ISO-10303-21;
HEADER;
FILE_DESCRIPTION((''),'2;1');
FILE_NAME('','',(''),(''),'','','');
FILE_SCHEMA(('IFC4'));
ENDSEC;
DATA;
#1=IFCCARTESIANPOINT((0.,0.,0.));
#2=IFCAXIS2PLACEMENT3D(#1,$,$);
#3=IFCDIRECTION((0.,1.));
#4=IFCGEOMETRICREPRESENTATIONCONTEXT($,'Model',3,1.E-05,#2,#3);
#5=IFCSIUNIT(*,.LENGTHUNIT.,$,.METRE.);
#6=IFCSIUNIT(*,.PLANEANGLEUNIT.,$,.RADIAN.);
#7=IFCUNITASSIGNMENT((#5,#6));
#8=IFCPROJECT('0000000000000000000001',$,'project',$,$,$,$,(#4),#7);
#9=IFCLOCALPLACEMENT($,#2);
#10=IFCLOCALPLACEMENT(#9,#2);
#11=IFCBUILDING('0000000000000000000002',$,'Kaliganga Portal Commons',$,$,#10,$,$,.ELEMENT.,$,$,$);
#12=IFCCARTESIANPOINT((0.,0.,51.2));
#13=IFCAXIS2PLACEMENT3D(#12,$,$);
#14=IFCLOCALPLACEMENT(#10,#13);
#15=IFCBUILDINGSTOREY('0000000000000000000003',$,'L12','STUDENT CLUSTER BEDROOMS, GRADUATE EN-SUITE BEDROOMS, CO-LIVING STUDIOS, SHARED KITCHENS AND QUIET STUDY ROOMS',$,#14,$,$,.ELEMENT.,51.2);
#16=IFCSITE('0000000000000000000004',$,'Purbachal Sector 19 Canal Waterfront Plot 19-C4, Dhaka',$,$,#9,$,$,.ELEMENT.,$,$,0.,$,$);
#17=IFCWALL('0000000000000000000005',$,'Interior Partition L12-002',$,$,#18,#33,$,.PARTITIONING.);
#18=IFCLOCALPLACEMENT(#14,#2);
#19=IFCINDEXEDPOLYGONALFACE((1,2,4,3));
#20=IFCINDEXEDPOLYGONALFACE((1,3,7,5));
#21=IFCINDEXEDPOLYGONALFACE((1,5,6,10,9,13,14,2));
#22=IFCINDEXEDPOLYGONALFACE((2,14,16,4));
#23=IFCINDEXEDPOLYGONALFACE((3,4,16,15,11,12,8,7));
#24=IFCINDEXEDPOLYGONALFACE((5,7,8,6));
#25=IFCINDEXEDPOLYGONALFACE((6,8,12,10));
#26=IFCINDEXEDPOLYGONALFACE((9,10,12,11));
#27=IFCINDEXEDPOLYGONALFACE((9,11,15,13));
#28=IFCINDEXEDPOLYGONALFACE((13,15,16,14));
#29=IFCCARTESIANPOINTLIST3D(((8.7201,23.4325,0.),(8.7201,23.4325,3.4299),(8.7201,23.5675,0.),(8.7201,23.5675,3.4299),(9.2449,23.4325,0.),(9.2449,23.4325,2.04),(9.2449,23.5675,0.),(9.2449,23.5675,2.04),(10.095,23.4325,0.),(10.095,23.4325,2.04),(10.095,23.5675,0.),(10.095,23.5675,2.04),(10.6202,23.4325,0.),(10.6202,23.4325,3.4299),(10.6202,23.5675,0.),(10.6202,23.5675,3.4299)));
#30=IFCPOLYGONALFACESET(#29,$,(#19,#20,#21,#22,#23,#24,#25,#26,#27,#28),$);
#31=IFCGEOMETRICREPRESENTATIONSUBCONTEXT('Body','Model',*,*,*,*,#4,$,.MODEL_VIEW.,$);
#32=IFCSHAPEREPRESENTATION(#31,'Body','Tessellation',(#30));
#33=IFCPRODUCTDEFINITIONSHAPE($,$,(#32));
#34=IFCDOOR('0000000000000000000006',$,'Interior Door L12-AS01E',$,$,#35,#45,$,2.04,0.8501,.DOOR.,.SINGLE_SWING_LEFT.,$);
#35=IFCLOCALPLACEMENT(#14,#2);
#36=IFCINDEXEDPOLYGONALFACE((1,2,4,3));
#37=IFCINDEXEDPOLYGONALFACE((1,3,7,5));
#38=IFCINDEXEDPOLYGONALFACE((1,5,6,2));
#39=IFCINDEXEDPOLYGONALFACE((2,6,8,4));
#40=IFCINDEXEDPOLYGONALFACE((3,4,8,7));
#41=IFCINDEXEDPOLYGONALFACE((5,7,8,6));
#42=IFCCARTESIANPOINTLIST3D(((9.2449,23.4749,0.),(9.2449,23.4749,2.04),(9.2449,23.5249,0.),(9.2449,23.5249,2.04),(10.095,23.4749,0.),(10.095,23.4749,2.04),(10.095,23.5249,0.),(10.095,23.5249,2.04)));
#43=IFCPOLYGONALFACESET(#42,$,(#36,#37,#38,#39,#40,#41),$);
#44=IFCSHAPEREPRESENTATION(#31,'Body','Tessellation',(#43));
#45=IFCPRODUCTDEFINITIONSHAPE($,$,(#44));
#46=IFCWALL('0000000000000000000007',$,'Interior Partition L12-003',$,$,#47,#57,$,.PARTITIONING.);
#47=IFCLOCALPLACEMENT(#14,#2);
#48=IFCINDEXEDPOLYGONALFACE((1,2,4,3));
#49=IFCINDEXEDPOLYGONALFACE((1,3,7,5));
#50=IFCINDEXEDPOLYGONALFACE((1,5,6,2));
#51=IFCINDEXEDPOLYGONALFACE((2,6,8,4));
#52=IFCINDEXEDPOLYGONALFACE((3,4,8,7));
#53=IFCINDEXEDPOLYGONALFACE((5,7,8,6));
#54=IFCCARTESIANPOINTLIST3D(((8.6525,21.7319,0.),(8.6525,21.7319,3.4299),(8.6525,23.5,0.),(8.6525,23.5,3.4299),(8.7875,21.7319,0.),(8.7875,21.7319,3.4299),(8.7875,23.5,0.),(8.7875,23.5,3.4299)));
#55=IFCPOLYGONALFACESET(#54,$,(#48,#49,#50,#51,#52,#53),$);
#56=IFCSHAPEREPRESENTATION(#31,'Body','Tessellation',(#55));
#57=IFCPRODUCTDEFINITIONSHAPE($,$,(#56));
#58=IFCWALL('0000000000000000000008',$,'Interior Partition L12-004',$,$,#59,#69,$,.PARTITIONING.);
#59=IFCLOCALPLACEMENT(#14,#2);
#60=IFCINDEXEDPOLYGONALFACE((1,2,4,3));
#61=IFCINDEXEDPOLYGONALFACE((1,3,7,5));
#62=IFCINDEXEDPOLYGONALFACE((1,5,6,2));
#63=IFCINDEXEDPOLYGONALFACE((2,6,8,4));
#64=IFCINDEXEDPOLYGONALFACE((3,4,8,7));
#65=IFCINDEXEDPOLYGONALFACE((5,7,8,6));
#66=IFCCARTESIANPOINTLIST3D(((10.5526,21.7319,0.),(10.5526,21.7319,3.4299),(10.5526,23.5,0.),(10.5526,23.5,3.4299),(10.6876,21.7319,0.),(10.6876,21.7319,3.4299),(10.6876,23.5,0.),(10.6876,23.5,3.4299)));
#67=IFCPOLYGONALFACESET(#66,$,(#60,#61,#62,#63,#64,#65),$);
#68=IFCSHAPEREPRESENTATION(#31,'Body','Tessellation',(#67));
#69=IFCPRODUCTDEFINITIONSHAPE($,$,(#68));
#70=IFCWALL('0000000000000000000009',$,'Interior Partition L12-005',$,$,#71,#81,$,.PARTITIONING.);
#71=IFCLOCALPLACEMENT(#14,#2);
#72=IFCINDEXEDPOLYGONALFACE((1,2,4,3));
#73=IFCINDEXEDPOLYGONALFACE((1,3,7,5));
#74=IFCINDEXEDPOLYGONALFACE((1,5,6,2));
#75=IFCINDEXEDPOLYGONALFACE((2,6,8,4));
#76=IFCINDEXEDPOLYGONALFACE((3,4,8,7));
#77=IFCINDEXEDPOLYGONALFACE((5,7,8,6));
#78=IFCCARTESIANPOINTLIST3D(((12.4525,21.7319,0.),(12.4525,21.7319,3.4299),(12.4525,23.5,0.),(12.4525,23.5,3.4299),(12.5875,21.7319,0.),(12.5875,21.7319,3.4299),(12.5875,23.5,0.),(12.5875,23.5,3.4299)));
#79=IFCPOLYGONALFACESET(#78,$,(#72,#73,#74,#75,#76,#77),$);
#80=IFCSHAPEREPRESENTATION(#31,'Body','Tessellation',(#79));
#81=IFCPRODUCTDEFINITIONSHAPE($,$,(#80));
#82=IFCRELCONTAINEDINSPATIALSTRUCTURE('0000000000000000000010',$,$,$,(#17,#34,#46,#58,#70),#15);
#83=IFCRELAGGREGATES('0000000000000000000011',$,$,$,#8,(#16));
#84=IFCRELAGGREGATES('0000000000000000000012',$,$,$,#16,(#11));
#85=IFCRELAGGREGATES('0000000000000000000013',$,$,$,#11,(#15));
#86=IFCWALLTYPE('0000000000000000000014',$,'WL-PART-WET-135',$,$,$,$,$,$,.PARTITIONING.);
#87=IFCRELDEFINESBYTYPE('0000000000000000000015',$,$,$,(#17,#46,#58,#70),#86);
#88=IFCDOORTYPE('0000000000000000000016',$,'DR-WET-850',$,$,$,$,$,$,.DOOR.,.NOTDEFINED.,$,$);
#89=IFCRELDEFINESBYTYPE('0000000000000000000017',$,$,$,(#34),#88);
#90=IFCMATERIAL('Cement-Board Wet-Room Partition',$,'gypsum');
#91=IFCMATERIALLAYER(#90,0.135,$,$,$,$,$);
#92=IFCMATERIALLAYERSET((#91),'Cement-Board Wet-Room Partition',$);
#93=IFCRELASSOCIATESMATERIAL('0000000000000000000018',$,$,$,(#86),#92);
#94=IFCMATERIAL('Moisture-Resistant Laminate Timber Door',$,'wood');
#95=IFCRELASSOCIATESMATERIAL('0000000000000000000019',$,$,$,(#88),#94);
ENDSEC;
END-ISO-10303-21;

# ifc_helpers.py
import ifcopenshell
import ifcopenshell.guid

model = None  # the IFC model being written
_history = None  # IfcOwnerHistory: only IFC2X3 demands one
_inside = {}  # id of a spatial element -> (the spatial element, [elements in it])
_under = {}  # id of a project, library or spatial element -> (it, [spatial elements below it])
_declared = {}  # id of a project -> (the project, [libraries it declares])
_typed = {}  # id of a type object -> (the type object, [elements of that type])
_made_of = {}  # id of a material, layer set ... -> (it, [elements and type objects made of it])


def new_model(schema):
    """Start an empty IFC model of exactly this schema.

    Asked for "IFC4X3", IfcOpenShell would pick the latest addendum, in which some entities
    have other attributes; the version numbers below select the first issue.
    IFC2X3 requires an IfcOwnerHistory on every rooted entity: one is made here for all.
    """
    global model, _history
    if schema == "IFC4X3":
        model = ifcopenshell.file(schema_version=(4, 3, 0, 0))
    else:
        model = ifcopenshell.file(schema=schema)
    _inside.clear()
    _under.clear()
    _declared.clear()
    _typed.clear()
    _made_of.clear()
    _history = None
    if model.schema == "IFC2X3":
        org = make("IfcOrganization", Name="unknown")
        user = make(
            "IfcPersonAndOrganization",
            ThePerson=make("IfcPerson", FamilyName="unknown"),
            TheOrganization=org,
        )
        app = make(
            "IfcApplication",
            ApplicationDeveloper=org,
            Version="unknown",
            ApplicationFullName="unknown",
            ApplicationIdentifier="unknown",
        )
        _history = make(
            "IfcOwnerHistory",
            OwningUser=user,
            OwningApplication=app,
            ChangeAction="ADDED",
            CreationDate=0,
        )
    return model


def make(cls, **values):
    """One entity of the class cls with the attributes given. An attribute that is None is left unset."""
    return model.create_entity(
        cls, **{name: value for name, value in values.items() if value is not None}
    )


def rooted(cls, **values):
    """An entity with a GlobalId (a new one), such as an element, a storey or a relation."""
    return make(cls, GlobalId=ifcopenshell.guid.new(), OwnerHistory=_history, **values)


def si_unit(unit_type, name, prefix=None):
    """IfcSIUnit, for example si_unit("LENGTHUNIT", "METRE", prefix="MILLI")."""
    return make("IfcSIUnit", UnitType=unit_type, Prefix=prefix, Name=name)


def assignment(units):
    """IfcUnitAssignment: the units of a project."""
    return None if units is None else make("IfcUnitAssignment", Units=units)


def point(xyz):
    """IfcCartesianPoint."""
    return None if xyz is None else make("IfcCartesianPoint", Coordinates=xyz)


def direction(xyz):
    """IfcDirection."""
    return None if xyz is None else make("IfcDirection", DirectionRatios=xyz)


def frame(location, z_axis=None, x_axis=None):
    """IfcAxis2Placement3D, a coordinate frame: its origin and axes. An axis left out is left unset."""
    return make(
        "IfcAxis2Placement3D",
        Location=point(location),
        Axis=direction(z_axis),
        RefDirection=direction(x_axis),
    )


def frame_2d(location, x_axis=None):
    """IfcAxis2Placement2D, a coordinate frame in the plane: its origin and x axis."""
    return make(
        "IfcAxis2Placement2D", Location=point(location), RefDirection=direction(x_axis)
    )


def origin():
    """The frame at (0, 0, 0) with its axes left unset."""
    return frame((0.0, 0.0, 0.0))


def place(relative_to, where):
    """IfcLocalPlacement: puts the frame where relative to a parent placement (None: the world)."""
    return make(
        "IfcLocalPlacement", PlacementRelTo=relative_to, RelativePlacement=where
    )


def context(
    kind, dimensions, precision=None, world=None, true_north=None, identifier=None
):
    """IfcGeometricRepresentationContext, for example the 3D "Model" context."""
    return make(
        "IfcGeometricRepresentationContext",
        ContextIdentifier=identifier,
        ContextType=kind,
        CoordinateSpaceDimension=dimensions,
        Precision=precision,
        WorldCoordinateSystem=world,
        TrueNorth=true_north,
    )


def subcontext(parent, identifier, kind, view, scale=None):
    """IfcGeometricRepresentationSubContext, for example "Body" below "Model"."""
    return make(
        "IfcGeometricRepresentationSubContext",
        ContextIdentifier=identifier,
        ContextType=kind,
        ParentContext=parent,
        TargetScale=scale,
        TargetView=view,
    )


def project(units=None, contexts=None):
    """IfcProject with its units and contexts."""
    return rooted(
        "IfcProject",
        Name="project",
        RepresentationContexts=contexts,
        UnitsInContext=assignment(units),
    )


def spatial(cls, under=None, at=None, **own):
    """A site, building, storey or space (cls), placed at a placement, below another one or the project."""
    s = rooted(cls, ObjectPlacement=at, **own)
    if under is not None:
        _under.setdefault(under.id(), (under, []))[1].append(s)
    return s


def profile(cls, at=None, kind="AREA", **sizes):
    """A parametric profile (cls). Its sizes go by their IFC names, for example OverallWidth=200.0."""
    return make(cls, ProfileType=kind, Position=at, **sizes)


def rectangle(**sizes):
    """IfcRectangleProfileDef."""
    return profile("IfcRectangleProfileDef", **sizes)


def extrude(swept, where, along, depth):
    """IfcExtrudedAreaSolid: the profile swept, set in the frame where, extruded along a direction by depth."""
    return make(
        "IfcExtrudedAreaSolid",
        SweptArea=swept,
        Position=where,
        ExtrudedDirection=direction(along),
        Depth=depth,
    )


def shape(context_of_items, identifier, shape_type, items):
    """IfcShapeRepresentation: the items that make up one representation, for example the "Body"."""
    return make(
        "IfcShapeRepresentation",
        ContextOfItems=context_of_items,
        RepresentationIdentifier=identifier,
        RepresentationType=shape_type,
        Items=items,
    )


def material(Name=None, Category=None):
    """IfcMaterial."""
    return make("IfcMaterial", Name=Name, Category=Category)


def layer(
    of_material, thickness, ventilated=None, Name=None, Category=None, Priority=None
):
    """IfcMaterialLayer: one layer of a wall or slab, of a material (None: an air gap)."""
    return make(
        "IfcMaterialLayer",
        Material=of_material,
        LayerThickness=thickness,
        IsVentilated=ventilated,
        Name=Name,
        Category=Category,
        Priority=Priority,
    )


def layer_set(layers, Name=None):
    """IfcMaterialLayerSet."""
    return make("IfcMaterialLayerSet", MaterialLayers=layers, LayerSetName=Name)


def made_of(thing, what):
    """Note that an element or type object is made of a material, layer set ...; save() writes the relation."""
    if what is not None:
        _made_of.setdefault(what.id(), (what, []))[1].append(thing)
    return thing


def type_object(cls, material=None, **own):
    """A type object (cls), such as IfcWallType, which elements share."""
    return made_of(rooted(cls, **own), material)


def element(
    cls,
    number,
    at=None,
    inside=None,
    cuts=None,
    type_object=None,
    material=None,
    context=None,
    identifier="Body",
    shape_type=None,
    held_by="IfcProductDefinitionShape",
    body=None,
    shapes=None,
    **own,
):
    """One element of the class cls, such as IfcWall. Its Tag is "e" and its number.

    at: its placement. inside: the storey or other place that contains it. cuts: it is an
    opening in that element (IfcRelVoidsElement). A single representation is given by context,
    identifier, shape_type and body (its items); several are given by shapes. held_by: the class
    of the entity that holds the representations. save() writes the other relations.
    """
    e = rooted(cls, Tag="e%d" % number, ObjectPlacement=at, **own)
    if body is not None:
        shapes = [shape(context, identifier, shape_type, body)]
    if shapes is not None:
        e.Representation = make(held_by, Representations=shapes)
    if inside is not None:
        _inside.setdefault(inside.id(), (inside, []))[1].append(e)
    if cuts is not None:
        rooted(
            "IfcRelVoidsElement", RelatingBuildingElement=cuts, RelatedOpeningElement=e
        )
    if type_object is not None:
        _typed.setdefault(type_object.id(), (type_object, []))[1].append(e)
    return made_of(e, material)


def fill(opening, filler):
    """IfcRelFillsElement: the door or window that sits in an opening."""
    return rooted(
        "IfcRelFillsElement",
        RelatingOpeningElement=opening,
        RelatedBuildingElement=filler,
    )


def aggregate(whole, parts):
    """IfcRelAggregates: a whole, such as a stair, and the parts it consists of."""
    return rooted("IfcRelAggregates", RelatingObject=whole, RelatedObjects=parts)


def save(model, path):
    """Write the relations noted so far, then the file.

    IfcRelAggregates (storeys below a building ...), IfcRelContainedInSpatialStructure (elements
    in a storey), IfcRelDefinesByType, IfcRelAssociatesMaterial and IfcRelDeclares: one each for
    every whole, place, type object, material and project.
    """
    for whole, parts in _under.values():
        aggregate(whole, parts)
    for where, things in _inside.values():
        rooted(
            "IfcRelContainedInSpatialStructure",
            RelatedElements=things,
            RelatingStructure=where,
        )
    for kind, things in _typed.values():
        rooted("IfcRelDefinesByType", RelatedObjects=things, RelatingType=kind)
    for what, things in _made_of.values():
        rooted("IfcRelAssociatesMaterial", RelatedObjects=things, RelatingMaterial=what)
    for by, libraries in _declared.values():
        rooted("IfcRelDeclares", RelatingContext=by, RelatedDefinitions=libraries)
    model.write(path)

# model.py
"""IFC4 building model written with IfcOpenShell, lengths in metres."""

from ifc_helpers import new_model, si_unit, direction, frame, frame_2d, origin, place, context, subcontext, project, spatial, rectangle, extrude, material, layer, layer_set, type_object, element, fill, save


model = new_model("IFC4")

# Units and contexts
model_context = context("Model", 3, precision=1e-05, world=origin(), true_north=direction((0.0, 1.0)))
body_context = subcontext(model_context, "Body", "Model", "MODEL_VIEW")
ifc_project = project(units=[si_unit("LENGTHUNIT", "METRE"), si_unit("PLANEANGLEUNIT", "RADIAN")], contexts=[model_context])

# Site, building, storey
site_placement = place(None, origin())
site = spatial("IfcSite", under=ifc_project, at=site_placement, Name="Purbachal Sector 19 Canal Waterfront Plot 19-C4, Dhaka", CompositionType="ELEMENT", RefElevation=0.0)
building_placement = place(site_placement, origin())
building = spatial("IfcBuilding", under=site, at=building_placement, Name="Kaliganga Portal Commons", CompositionType="ELEMENT")
storey_placement = place(building_placement, frame((0.0, 0.0, 51.2)))
storey = spatial("IfcBuildingStorey", under=building, at=storey_placement, Name="L12", Description="STUDENT CLUSTER BEDROOMS, GRADUATE EN-SUITE BEDROOMS, CO-LIVING STUDIOS, SHARED KITCHENS AND QUIET STUDY ROOMS", CompositionType="ELEMENT", Elevation=51.2)

# Wall, opening, door
ifc_material_1 = material(Name="Cement-Board Wet-Room Partition", Category="gypsum")
ifc_layer_1 = layer(ifc_material_1, 0.135)
ifc_layer_set_1 = layer_set([ifc_layer_1], Name="Cement-Board Wet-Room Partition")
wall_type_1 = type_object("IfcWallType", Name="WL-PART-WET-135", PredefinedType="PARTITIONING", material=ifc_layer_set_1)
ifc_material_2 = material(Name="Moisture-Resistant Laminate Timber Door", Category="wood")
door_type_1 = type_object("IfcDoorType", Name="DR-WET-850", OperationType="NOTDEFINED", PredefinedType="DOOR", material=ifc_material_2)
wall_1_placement = place(storey_placement, frame((8.72, 23.5, 0.0), z_axis=(0.0, 0.0, 1.0), x_axis=(1.0, 0.0, 0.0)))
wall_1 = element("IfcWall", 1, at=wall_1_placement, inside=storey, type_object=wall_type_1, Name="Interior Partition L12-002", PredefinedType="PARTITIONING", context=body_context, shape_type="SweptSolid", body=[
    extrude(rectangle(XDim=1.9001, YDim=0.135, at=frame_2d((0.9502, 0.0))), origin(), (0.0, 0.0, 1.0), 3.4299),
])
opening_1_placement = place(wall_1_placement, frame((0.5249, 0.0, 0.0)))
opening_1 = element("IfcOpeningElement", 2, at=opening_1_placement, cuts=wall_1, PredefinedType="OPENING", context=body_context, shape_type="SweptSolid", body=[
    extrude(rectangle(XDim=0.8501, YDim=2.04, at=frame_2d((0.425, 1.02))), frame((0.0, 0.0776, 0.0), z_axis=(0.0, -1.0, 0.0), x_axis=(1.0, 0.0, 0.0)), (0.0, 0.0, 1.0), 0.155),
])
door_1_placement = place(opening_1_placement, origin())
door_1 = element("IfcDoor", 3, at=door_1_placement, inside=storey, type_object=door_type_1, Name="Interior Door L12-AS01E", OperationType="SINGLE_SWING_LEFT", OverallHeight=2.04, OverallWidth=0.8501, PredefinedType="DOOR", context=body_context, shape_type="SweptSolid", body=[
    extrude(rectangle(XDim=0.8501, YDim=2.04, at=frame_2d((0.425, 1.02))), frame((0.0, 0.0249, 0.0), z_axis=(0.0, -1.0, 0.0), x_axis=(1.0, 0.0, 0.0)), (0.0, 0.0, 1.0), 0.05),
])
fill(opening_1, door_1)

# Walls
for number, where, z_axis, x_axis, name in (
    (4, (8.72, 21.7319, 0.0), (0.0, 0.0, 1.0), (0.0, 1.0, 0.0), "Interior Partition L12-003"),
    (5, (10.6201, 21.7319, 0.0), (0.0, 0.0, 1.0), (0.0, 1.0, 0.0), "Interior Partition L12-004"),
    (6, (12.52, 21.7319, 0.0), (0.0, 0.0, 1.0), (0.0, 1.0, 0.0), "Interior Partition L12-005"),
):
    element("IfcWall", number, at=place(storey_placement, frame(where, z_axis=z_axis, x_axis=x_axis)), inside=storey, type_object=wall_type_1, Name=name, PredefinedType="PARTITIONING", context=body_context, shape_type="SweptSolid", body=[
        extrude(rectangle(XDim=1.7681, YDim=0.135, at=frame_2d((0.884, 0.0))), origin(), (0.0, 0.0, 1.0), 3.4299),
    ])

save(model, "model.ifc")
